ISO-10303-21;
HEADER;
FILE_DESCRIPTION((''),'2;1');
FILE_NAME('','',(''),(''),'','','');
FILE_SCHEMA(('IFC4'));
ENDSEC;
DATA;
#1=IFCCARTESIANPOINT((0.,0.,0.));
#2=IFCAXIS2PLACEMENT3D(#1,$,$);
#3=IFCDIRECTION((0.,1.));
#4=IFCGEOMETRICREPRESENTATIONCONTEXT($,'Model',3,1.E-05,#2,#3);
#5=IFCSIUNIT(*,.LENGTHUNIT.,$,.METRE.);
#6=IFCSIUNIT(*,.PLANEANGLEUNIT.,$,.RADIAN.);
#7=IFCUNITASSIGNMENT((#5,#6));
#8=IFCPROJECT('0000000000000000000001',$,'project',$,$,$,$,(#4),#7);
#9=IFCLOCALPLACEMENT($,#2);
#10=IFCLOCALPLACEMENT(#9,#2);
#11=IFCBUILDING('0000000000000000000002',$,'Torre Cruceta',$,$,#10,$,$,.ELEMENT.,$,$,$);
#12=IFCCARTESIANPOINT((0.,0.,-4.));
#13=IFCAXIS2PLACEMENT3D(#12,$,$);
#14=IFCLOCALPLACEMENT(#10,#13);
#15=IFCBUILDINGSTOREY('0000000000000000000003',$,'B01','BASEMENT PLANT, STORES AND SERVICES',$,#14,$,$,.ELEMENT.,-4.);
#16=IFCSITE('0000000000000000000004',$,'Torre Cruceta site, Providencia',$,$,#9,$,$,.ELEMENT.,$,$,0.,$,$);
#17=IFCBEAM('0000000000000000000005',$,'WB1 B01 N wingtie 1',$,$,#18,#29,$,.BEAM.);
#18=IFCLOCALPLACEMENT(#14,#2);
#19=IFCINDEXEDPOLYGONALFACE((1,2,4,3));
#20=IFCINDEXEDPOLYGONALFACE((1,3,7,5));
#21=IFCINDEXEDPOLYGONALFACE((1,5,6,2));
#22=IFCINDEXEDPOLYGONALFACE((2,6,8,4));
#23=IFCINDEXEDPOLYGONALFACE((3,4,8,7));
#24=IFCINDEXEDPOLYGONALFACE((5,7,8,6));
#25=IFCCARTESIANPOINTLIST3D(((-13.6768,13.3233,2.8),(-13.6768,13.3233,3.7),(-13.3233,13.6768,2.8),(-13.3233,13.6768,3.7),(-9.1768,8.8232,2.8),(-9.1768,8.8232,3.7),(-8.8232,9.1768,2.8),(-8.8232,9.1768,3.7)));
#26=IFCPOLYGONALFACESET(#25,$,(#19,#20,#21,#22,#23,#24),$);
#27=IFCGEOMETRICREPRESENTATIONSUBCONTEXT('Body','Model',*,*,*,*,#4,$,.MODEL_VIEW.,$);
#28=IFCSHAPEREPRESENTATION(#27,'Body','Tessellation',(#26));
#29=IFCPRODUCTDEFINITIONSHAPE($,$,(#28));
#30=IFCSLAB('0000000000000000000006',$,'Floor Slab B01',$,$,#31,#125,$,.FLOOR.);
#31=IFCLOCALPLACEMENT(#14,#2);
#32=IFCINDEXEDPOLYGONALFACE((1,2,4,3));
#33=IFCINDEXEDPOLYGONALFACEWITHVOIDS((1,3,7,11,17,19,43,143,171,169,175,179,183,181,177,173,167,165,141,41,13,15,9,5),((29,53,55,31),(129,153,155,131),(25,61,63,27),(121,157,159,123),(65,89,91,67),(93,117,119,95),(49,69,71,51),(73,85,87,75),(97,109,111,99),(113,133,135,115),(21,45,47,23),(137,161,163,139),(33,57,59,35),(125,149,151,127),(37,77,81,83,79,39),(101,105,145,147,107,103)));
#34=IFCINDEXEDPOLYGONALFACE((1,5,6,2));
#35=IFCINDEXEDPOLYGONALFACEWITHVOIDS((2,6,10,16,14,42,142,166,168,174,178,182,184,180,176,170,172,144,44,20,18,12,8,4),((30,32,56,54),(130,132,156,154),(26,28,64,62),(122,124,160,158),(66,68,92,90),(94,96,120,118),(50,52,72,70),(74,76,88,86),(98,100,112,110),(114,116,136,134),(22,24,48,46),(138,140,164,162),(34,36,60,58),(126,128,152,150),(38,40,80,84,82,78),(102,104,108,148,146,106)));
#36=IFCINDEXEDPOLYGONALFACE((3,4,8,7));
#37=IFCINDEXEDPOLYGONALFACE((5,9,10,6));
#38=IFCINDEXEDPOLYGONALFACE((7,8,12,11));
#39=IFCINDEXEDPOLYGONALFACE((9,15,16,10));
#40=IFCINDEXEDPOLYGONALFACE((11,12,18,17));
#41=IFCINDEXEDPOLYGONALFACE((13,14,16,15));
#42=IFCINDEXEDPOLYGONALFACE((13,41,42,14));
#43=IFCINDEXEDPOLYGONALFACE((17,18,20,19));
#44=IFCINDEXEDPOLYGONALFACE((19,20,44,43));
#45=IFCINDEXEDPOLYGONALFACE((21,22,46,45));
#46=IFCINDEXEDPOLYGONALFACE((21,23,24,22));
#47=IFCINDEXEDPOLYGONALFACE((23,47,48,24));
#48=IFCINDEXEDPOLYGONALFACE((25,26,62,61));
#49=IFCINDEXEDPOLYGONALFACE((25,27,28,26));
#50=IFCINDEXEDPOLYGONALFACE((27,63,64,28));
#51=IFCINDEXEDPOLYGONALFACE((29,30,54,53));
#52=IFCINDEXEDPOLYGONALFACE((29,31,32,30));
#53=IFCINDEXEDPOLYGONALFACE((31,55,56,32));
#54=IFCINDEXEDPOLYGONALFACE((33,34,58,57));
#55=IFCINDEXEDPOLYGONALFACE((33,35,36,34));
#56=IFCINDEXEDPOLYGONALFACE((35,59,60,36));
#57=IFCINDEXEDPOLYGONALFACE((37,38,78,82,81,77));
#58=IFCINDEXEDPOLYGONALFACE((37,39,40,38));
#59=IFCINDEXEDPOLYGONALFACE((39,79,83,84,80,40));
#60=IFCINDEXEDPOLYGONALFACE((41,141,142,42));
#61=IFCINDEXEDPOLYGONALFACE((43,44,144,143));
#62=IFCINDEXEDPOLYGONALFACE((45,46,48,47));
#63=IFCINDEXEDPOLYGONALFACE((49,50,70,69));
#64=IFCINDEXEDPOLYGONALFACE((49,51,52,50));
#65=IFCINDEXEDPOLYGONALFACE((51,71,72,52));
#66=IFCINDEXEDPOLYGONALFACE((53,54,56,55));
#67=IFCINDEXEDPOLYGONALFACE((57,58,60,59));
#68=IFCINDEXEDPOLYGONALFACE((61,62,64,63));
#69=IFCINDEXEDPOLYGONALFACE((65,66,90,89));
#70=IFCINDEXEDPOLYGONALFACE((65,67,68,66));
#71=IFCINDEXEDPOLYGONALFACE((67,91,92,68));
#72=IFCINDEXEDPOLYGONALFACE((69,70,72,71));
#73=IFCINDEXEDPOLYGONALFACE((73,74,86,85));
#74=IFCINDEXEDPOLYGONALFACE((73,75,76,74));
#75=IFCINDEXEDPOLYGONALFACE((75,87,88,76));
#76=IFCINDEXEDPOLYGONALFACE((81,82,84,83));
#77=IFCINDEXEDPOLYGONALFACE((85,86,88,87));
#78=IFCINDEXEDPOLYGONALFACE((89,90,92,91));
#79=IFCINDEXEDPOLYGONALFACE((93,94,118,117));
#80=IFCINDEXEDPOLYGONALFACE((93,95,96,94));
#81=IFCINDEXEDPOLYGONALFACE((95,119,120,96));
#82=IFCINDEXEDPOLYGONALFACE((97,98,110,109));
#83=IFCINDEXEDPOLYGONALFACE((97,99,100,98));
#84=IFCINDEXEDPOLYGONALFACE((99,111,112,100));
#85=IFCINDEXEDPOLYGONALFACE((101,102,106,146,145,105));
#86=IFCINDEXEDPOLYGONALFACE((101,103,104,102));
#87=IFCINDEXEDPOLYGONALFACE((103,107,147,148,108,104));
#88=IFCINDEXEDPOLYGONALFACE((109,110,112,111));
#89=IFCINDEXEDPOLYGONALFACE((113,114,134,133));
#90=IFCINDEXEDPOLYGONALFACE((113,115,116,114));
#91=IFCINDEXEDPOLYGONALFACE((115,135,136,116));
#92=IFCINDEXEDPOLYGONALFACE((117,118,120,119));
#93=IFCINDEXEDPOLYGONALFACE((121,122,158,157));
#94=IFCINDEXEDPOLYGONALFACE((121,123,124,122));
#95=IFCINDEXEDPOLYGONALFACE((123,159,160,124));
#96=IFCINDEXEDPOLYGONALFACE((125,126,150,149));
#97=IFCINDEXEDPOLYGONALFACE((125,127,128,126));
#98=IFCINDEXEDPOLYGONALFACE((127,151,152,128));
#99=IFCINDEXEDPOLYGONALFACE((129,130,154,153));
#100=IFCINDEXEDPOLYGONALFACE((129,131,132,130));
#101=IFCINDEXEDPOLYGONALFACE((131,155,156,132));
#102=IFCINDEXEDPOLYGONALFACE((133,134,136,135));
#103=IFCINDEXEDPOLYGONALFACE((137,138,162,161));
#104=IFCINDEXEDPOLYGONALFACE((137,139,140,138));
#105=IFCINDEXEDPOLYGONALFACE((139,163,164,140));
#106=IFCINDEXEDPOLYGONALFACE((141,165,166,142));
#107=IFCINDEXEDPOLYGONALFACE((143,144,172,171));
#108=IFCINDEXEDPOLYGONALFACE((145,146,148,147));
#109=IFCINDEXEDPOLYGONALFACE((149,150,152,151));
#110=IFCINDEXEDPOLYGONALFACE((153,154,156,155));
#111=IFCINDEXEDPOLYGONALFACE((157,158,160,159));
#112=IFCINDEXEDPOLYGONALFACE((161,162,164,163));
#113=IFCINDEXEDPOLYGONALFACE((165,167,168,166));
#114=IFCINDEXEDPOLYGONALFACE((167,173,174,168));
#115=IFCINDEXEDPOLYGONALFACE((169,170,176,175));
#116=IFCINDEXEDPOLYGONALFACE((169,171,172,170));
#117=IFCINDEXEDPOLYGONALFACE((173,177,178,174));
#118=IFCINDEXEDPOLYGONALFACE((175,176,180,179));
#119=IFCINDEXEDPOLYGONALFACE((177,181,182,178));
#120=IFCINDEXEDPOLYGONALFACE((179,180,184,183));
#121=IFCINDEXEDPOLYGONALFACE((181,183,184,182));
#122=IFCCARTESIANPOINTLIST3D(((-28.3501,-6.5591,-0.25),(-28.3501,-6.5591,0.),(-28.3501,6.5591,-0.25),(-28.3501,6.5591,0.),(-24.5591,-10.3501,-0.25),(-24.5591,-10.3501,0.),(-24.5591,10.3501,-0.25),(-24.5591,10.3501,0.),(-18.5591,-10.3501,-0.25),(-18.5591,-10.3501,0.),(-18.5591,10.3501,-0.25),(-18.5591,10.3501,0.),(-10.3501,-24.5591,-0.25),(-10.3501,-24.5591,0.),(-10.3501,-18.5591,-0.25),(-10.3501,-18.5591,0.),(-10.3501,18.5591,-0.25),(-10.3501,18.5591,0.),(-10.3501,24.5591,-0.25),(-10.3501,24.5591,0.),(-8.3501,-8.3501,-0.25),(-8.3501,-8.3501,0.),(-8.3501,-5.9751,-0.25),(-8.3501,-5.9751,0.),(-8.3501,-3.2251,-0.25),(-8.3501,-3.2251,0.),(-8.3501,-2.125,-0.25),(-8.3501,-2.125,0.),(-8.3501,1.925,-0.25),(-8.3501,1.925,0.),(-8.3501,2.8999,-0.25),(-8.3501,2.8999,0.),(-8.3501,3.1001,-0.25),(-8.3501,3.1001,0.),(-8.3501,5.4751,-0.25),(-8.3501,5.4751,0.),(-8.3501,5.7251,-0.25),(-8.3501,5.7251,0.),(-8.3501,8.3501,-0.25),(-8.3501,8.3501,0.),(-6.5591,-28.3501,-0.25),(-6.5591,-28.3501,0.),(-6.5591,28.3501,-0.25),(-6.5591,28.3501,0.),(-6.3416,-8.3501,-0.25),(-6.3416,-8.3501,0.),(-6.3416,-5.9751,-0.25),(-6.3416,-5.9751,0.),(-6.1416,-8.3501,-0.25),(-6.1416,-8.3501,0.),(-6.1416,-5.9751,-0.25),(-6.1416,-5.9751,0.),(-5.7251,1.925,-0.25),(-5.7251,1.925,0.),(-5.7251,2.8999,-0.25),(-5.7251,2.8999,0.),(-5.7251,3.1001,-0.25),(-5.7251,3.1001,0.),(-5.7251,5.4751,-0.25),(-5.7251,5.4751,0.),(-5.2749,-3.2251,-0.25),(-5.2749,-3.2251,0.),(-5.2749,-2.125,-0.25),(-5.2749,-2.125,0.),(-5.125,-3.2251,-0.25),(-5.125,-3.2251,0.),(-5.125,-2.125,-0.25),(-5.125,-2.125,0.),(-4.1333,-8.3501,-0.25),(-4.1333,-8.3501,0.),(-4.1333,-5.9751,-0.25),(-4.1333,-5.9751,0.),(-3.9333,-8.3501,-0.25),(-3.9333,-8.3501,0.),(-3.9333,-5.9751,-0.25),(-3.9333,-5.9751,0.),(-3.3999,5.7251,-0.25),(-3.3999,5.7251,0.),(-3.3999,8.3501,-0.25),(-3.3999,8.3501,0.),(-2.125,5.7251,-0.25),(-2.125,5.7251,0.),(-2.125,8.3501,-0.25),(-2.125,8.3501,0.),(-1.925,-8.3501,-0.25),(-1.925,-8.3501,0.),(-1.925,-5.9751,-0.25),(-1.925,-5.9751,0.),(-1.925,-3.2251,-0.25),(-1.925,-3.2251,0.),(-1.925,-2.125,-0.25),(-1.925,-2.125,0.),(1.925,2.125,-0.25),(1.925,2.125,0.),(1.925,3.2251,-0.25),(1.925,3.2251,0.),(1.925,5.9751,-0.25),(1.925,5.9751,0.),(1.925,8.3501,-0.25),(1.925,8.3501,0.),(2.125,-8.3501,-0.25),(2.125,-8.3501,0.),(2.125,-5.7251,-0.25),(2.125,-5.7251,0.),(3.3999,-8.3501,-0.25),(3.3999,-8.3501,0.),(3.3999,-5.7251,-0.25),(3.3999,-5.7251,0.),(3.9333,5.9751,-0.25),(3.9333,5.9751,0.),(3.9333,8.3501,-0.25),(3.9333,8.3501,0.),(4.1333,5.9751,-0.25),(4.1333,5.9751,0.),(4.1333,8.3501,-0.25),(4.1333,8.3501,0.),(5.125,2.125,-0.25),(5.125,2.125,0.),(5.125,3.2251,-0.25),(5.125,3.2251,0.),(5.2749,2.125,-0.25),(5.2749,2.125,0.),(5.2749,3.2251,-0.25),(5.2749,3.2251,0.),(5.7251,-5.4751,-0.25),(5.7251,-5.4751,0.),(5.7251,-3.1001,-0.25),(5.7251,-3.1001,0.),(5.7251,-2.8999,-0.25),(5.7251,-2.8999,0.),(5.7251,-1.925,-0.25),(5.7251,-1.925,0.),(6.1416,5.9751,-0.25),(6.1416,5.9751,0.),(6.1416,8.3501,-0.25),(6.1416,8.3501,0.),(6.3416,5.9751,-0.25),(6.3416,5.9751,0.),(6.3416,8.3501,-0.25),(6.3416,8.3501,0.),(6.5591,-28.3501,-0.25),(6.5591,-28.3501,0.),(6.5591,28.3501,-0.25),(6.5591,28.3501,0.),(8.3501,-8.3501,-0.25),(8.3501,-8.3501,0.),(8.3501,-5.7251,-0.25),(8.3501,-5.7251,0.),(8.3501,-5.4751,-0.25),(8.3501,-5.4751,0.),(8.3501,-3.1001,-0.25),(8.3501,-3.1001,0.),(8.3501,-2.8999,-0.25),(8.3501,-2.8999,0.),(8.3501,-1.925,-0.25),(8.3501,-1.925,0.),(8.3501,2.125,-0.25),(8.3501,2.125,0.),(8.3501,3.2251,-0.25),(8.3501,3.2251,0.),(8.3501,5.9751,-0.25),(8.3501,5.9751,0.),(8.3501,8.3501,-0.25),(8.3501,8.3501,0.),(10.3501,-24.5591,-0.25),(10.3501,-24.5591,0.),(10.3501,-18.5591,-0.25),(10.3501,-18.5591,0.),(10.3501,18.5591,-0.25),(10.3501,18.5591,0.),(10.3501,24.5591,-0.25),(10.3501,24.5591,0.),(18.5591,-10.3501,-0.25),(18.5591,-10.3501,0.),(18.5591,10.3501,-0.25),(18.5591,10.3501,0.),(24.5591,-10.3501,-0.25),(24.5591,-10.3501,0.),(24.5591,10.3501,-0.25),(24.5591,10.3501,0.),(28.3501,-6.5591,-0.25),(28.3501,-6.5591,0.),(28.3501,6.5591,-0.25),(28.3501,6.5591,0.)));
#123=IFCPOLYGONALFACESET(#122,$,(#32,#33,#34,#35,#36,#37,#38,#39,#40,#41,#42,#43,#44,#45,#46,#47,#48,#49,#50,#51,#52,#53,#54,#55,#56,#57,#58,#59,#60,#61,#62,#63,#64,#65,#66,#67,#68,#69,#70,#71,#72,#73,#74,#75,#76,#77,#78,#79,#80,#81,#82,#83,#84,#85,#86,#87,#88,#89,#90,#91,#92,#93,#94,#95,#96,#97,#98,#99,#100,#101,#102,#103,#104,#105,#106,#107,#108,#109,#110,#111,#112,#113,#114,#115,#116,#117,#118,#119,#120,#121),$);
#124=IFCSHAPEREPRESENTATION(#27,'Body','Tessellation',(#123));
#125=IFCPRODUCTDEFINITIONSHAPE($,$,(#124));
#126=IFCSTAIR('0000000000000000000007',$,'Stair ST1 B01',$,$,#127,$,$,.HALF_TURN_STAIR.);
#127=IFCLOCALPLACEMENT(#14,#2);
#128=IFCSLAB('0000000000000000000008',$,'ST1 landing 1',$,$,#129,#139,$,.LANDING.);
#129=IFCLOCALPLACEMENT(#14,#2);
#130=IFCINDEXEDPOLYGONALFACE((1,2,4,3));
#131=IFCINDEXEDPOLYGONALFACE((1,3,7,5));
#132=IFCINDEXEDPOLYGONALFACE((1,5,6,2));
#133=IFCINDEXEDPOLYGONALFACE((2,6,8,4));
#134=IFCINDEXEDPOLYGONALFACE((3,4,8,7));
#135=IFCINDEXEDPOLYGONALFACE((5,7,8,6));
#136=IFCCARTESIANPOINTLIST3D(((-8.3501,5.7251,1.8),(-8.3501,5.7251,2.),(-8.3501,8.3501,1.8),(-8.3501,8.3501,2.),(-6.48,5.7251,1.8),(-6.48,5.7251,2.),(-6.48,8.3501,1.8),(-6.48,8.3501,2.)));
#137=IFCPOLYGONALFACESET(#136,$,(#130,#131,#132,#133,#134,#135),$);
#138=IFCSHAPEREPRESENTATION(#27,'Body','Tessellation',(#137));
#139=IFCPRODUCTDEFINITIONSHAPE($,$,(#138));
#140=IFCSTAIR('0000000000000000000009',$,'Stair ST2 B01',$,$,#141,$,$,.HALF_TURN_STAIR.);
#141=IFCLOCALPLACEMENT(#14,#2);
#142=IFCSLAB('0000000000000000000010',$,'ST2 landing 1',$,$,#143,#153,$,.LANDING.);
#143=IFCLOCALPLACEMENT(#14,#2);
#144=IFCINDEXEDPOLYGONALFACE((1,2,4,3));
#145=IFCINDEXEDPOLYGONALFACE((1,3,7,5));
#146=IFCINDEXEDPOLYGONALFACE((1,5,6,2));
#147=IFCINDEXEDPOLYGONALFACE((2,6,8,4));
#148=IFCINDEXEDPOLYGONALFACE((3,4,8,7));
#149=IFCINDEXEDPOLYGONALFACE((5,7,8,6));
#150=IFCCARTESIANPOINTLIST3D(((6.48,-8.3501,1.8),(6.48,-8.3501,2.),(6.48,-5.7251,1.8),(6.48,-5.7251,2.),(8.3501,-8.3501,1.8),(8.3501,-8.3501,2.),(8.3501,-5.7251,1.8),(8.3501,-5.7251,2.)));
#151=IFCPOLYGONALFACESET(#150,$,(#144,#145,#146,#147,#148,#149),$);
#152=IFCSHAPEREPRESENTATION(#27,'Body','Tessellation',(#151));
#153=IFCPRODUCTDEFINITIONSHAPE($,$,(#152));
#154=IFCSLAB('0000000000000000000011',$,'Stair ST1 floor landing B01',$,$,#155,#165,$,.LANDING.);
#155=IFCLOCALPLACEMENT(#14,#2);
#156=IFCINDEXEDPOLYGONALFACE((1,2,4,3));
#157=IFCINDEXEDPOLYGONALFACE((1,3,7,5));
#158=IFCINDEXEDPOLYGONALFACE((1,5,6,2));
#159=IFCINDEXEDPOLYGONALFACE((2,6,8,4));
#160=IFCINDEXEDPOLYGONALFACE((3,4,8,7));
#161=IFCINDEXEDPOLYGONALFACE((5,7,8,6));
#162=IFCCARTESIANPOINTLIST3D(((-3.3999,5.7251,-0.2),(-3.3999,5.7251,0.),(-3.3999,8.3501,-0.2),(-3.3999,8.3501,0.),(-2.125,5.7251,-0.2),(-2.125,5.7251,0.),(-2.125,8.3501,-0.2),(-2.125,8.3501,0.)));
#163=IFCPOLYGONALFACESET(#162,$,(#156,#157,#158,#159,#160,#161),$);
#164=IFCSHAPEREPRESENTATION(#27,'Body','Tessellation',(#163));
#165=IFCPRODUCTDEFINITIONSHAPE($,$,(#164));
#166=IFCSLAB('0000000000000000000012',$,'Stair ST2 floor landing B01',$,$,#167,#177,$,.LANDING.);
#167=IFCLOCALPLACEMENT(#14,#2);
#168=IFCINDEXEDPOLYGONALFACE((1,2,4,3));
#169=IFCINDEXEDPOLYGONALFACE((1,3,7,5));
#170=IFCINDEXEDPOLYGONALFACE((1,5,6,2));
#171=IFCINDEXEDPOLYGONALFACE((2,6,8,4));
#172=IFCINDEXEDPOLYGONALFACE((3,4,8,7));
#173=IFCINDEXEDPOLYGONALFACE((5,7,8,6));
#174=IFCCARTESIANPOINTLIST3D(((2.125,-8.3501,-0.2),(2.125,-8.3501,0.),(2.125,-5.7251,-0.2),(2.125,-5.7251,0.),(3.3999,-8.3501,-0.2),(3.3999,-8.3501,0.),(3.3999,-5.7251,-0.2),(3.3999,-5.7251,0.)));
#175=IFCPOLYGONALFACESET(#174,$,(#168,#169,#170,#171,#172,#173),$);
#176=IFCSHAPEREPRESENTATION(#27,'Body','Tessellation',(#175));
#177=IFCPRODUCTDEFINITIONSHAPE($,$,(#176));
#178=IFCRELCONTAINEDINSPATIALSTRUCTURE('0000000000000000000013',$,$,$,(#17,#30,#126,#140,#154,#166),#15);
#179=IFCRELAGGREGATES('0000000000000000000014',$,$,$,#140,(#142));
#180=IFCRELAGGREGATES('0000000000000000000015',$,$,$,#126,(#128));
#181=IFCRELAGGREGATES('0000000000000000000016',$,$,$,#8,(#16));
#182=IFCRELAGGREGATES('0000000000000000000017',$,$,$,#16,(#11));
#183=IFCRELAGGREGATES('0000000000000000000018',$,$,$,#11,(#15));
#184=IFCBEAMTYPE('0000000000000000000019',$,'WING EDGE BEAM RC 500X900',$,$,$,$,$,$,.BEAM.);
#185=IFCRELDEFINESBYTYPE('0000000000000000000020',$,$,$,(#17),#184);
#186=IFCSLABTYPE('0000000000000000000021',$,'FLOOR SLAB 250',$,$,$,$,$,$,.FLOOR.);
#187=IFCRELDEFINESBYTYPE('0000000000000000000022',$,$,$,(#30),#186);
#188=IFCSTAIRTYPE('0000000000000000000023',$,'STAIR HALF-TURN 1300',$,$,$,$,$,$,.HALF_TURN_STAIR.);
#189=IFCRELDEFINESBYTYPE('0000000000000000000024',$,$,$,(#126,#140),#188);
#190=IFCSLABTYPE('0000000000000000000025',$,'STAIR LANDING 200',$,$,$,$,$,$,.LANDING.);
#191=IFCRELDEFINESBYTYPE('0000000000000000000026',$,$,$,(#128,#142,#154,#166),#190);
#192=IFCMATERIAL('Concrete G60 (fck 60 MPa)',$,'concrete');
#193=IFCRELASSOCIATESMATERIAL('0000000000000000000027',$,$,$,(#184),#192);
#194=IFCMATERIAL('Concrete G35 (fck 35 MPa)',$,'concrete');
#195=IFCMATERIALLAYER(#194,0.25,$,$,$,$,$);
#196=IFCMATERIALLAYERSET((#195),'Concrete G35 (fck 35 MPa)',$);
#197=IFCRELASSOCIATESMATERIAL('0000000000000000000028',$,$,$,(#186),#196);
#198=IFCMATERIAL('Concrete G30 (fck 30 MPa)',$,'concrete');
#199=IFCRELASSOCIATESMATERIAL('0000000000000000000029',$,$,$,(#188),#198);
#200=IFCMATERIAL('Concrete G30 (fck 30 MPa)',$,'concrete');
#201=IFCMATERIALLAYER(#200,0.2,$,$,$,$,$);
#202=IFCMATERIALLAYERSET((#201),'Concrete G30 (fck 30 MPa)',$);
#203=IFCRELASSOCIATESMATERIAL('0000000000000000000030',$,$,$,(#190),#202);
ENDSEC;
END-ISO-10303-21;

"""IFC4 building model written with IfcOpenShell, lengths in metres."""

from ifc_helpers import new_model, si_unit, direction, frame, origin, origin_2d, place, context, subcontext, project, spatial, polyline, rectangle, outline, extrude, material, layer, layer_set, material_profile, profile_set, type_object, element, aggregate, save


model = new_model("IFC4")

# Units and contexts
model_context = context("Model", 3, precision=1e-05, world=origin(), true_north=direction((0.0, 1.0)))
body_context = subcontext(model_context, "Body", "Model", "MODEL_VIEW")
ifc_project = project(units=[si_unit("LENGTHUNIT", "METRE"), si_unit("PLANEANGLEUNIT", "RADIAN")], contexts=[model_context])

# Site, building, storey
site_placement = place(None, origin())
site = spatial("IfcSite", under=ifc_project, at=site_placement, Name="Torre Cruceta site, Providencia", CompositionType="ELEMENT", RefElevation=0.0)
building_placement = place(site_placement, origin())
building = spatial("IfcBuilding", under=site, at=building_placement, Name="Torre Cruceta", CompositionType="ELEMENT")
storey_placement = place(building_placement, frame((0.0, 0.0, -4.0)))
storey = spatial("IfcBuildingStorey", under=building, at=storey_placement, Name="B01", Description="BASEMENT PLANT, STORES AND SERVICES", CompositionType="ELEMENT", Elevation=-4.0)

# Beam
ifc_material_1 = material(Name="Concrete G60 (fck 60 MPa)", Category="concrete")
ifc_material_profile = material_profile(ifc_material_1, rectangle(XDim=0.5, YDim=0.8999, at=origin_2d()), Name="RC 500X900")
ifc_profile_set = profile_set([ifc_material_profile], Name="Concrete G60 (fck 60 MPa)")
beam_type = type_object("IfcBeamType", Name="WING EDGE BEAM RC 500X900", PredefinedType="BEAM", material=ifc_profile_set)
beam_placement = place(storey_placement, frame((-9.0, 9.0, 3.25), z_axis=(-0.707107, 0.707107, 0.0), x_axis=(-0.707107, -0.707107, 0.0)))
element("IfcBeam", 1, at=beam_placement, inside=storey, type_object=beam_type, Name="WB1 B01 N wingtie 1", PredefinedType="BEAM", context=body_context, shape_type="SweptSolid", body=[
    extrude(rectangle(XDim=0.5, YDim=0.8999, at=origin_2d()), origin(), (0.0, 0.0, 1.0), 6.364),
])

# Slab
ifc_material_2 = material(Name="Concrete G35 (fck 35 MPa)", Category="concrete")
ifc_layer_1 = layer(ifc_material_2, 0.25)
ifc_layer_set_1 = layer_set([ifc_layer_1], Name="Concrete G35 (fck 35 MPa)")
slab_type_1 = type_object("IfcSlabType", Name="FLOOR SLAB 250", PredefinedType="FLOOR", material=ifc_layer_set_1)
slab_1_placement = place(storey_placement, frame((0.0, 0.0, -0.25)))
element("IfcSlab", 2, at=slab_1_placement, inside=storey, type_object=slab_type_1, Name="Floor Slab B01", PredefinedType="FLOOR", context=body_context, shape_type="SweptSolid", body=[
    extrude(outline(polyline([(18.5591, -10.3501), (10.3501, -18.5591), (10.3501, -24.5591), (6.5591, -28.3501), (-6.5591, -28.3501), (-10.3501, -24.5591), (-10.3501, -18.5591), (-18.5591, -10.3501), (-24.5591, -10.3501), (-28.3501, -6.5591), (-28.3501, 6.5591), (-24.5591, 10.3501), (-18.5591, 10.3501), (-10.3501, 18.5591), (-10.3501, 24.5591), (-6.5591, 28.3501), (6.5591, 28.3501), (10.3501, 24.5591), (10.3501, 18.5591), (18.5591, 10.3501), (24.5591, 10.3501), (28.3501, 6.5591), (28.3501, -6.5591), (24.5591, -10.3501), (18.5591, -10.3501)]), holes=[polyline([(1.925, 5.9751), (3.9333, 5.9751), (3.9333, 8.3501), (1.925, 8.3501), (1.925, 5.9751)]), polyline([(4.1333, 5.9751), (6.1416, 5.9751), (6.1416, 8.3501), (4.1333, 8.3501), (4.1333, 5.9751)]), polyline([(6.3416, 5.9751), (8.3501, 5.9751), (8.3501, 8.3501), (6.3416, 8.3501), (6.3416, 5.9751)]), polyline([(1.925, 2.125), (5.125, 2.125), (5.125, 3.2251), (1.925, 3.2251), (1.925, 2.125)]), polyline([(5.2749, 2.125), (8.3501, 2.125), (8.3501, 3.2251), (5.2749, 3.2251), (5.2749, 2.125)]), polyline([(-8.3501, 3.1001), (-5.7251, 3.1001), (-5.7251, 5.4751), (-8.3501, 5.4751), (-8.3501, 3.1001)]), polyline([(-8.3501, 1.925), (-5.7251, 1.925), (-5.7251, 2.8999), (-8.3501, 2.8999), (-8.3501, 1.925)]), polyline([(-3.9333, -8.3501), (-1.925, -8.3501), (-1.925, -5.9751), (-3.9333, -5.9751), (-3.9333, -8.3501)]), polyline([(-6.1416, -8.3501), (-4.1333, -8.3501), (-4.1333, -5.9751), (-6.1416, -5.9751), (-6.1416, -8.3501)]), polyline([(-8.3501, -8.3501), (-6.3416, -8.3501), (-6.3416, -5.9751), (-8.3501, -5.9751), (-8.3501, -8.3501)]), polyline([(-5.125, -3.2251), (-1.925, -3.2251), (-1.925, -2.125), (-5.125, -2.125), (-5.125, -3.2251)]), polyline([(-8.3501, -3.2251), (-5.2749, -3.2251), (-5.2749, -2.125), (-8.3501, -2.125), (-8.3501, -3.2251)]), polyline([(5.7251, -5.4751), (8.3501, -5.4751), (8.3501, -3.1001), (5.7251, -3.1001), (5.7251, -5.4751)]), polyline([(5.7251, -2.8999), (8.3501, -2.8999), (8.3501, -1.925), (5.7251, -1.925), (5.7251, -2.8999)]), polyline([(-8.3501, 5.7251), (-8.3501, 8.3501), (-3.3999, 8.3501), (-2.125, 8.3501), (-2.125, 5.7251), (-3.3999, 5.7251), (-8.3501, 5.7251)]), polyline([(2.125, -5.7251), (3.3999, -5.7251), (8.3501, -5.7251), (8.3501, -8.3501), (3.3999, -8.3501), (2.125, -8.3501), (2.125, -5.7251)])]), origin(), (0.0, 0.0, 1.0), 0.25),
])

# Stairs, slabs
ifc_material_3 = material(Name="Concrete G30 (fck 30 MPa)", Category="concrete")
stair_type = type_object("IfcStairType", Name="STAIR HALF-TURN 1300", PredefinedType="HALF_TURN_STAIR", material=ifc_material_3)
stair_1_placement = place(storey_placement, origin())
stair_1 = element("IfcStair", 3, at=stair_1_placement, inside=storey, type_object=stair_type, Name="Stair ST1 B01", PredefinedType="HALF_TURN_STAIR")
ifc_material_4 = material(Name="Concrete G30 (fck 30 MPa)", Category="concrete")
ifc_layer_2 = layer(ifc_material_4, 0.2)
ifc_layer_set_2 = layer_set([ifc_layer_2], Name="Concrete G30 (fck 30 MPa)")
slab_type_2 = type_object("IfcSlabType", Name="STAIR LANDING 200", PredefinedType="LANDING", material=ifc_layer_set_2)
slab_2_placement = place(storey_placement, frame((0.0, 0.0, 1.8)))
slab_2 = element("IfcSlab", 4, at=slab_2_placement, type_object=slab_type_2, Name="ST1 landing 1", PredefinedType="LANDING", context=body_context, shape_type="SweptSolid", body=[
    extrude(outline(polyline([(-8.3501, 5.7251), (-6.48, 5.7251), (-6.48, 8.3501), (-8.3501, 8.3501), (-8.3501, 5.7251)])), origin(), (0.0, 0.0, 1.0), 0.2),
])
stair_2_placement = place(storey_placement, origin())
stair_2 = element("IfcStair", 5, at=stair_2_placement, inside=storey, type_object=stair_type, Name="Stair ST2 B01", PredefinedType="HALF_TURN_STAIR")
slab_3_placement = place(storey_placement, frame((0.0, 0.0, 1.8)))
slab_3 = element("IfcSlab", 6, at=slab_3_placement, type_object=slab_type_2, Name="ST2 landing 1", PredefinedType="LANDING", context=body_context, shape_type="SweptSolid", body=[
    extrude(outline(polyline([(6.48, -8.3501), (8.3501, -8.3501), (8.3501, -5.7251), (6.48, -5.7251), (6.48, -8.3501)])), origin(), (0.0, 0.0, 1.0), 0.2),
])
aggregate(stair_2, [slab_3])

# Slabs
slab_4_placement = place(storey_placement, frame((0.0, 0.0, -0.2)))
element("IfcSlab", 7, at=slab_4_placement, inside=storey, type_object=slab_type_2, Name="Stair ST1 floor landing B01", PredefinedType="LANDING", context=body_context, shape_type="SweptSolid", body=[
    extrude(outline(polyline([(-2.125, 8.3501), (-2.125, 5.7251), (-3.3999, 5.7251), (-3.3999, 8.3501), (-2.125, 8.3501)])), origin(), (0.0, 0.0, 1.0), 0.2),
])
slab_5_placement = place(storey_placement, frame((0.0, 0.0, -0.2)))
element("IfcSlab", 8, at=slab_5_placement, inside=storey, type_object=slab_type_2, Name="Stair ST2 floor landing B01", PredefinedType="LANDING", context=body_context, shape_type="SweptSolid", body=[
    extrude(outline(polyline([(2.125, -8.3501), (2.125, -5.7251), (3.3999, -5.7251), (3.3999, -8.3501), (2.125, -8.3501)])), origin(), (0.0, 0.0, 1.0), 0.2),
])

aggregate(stair_1, [slab_2])

save(model, "model.ifc")
